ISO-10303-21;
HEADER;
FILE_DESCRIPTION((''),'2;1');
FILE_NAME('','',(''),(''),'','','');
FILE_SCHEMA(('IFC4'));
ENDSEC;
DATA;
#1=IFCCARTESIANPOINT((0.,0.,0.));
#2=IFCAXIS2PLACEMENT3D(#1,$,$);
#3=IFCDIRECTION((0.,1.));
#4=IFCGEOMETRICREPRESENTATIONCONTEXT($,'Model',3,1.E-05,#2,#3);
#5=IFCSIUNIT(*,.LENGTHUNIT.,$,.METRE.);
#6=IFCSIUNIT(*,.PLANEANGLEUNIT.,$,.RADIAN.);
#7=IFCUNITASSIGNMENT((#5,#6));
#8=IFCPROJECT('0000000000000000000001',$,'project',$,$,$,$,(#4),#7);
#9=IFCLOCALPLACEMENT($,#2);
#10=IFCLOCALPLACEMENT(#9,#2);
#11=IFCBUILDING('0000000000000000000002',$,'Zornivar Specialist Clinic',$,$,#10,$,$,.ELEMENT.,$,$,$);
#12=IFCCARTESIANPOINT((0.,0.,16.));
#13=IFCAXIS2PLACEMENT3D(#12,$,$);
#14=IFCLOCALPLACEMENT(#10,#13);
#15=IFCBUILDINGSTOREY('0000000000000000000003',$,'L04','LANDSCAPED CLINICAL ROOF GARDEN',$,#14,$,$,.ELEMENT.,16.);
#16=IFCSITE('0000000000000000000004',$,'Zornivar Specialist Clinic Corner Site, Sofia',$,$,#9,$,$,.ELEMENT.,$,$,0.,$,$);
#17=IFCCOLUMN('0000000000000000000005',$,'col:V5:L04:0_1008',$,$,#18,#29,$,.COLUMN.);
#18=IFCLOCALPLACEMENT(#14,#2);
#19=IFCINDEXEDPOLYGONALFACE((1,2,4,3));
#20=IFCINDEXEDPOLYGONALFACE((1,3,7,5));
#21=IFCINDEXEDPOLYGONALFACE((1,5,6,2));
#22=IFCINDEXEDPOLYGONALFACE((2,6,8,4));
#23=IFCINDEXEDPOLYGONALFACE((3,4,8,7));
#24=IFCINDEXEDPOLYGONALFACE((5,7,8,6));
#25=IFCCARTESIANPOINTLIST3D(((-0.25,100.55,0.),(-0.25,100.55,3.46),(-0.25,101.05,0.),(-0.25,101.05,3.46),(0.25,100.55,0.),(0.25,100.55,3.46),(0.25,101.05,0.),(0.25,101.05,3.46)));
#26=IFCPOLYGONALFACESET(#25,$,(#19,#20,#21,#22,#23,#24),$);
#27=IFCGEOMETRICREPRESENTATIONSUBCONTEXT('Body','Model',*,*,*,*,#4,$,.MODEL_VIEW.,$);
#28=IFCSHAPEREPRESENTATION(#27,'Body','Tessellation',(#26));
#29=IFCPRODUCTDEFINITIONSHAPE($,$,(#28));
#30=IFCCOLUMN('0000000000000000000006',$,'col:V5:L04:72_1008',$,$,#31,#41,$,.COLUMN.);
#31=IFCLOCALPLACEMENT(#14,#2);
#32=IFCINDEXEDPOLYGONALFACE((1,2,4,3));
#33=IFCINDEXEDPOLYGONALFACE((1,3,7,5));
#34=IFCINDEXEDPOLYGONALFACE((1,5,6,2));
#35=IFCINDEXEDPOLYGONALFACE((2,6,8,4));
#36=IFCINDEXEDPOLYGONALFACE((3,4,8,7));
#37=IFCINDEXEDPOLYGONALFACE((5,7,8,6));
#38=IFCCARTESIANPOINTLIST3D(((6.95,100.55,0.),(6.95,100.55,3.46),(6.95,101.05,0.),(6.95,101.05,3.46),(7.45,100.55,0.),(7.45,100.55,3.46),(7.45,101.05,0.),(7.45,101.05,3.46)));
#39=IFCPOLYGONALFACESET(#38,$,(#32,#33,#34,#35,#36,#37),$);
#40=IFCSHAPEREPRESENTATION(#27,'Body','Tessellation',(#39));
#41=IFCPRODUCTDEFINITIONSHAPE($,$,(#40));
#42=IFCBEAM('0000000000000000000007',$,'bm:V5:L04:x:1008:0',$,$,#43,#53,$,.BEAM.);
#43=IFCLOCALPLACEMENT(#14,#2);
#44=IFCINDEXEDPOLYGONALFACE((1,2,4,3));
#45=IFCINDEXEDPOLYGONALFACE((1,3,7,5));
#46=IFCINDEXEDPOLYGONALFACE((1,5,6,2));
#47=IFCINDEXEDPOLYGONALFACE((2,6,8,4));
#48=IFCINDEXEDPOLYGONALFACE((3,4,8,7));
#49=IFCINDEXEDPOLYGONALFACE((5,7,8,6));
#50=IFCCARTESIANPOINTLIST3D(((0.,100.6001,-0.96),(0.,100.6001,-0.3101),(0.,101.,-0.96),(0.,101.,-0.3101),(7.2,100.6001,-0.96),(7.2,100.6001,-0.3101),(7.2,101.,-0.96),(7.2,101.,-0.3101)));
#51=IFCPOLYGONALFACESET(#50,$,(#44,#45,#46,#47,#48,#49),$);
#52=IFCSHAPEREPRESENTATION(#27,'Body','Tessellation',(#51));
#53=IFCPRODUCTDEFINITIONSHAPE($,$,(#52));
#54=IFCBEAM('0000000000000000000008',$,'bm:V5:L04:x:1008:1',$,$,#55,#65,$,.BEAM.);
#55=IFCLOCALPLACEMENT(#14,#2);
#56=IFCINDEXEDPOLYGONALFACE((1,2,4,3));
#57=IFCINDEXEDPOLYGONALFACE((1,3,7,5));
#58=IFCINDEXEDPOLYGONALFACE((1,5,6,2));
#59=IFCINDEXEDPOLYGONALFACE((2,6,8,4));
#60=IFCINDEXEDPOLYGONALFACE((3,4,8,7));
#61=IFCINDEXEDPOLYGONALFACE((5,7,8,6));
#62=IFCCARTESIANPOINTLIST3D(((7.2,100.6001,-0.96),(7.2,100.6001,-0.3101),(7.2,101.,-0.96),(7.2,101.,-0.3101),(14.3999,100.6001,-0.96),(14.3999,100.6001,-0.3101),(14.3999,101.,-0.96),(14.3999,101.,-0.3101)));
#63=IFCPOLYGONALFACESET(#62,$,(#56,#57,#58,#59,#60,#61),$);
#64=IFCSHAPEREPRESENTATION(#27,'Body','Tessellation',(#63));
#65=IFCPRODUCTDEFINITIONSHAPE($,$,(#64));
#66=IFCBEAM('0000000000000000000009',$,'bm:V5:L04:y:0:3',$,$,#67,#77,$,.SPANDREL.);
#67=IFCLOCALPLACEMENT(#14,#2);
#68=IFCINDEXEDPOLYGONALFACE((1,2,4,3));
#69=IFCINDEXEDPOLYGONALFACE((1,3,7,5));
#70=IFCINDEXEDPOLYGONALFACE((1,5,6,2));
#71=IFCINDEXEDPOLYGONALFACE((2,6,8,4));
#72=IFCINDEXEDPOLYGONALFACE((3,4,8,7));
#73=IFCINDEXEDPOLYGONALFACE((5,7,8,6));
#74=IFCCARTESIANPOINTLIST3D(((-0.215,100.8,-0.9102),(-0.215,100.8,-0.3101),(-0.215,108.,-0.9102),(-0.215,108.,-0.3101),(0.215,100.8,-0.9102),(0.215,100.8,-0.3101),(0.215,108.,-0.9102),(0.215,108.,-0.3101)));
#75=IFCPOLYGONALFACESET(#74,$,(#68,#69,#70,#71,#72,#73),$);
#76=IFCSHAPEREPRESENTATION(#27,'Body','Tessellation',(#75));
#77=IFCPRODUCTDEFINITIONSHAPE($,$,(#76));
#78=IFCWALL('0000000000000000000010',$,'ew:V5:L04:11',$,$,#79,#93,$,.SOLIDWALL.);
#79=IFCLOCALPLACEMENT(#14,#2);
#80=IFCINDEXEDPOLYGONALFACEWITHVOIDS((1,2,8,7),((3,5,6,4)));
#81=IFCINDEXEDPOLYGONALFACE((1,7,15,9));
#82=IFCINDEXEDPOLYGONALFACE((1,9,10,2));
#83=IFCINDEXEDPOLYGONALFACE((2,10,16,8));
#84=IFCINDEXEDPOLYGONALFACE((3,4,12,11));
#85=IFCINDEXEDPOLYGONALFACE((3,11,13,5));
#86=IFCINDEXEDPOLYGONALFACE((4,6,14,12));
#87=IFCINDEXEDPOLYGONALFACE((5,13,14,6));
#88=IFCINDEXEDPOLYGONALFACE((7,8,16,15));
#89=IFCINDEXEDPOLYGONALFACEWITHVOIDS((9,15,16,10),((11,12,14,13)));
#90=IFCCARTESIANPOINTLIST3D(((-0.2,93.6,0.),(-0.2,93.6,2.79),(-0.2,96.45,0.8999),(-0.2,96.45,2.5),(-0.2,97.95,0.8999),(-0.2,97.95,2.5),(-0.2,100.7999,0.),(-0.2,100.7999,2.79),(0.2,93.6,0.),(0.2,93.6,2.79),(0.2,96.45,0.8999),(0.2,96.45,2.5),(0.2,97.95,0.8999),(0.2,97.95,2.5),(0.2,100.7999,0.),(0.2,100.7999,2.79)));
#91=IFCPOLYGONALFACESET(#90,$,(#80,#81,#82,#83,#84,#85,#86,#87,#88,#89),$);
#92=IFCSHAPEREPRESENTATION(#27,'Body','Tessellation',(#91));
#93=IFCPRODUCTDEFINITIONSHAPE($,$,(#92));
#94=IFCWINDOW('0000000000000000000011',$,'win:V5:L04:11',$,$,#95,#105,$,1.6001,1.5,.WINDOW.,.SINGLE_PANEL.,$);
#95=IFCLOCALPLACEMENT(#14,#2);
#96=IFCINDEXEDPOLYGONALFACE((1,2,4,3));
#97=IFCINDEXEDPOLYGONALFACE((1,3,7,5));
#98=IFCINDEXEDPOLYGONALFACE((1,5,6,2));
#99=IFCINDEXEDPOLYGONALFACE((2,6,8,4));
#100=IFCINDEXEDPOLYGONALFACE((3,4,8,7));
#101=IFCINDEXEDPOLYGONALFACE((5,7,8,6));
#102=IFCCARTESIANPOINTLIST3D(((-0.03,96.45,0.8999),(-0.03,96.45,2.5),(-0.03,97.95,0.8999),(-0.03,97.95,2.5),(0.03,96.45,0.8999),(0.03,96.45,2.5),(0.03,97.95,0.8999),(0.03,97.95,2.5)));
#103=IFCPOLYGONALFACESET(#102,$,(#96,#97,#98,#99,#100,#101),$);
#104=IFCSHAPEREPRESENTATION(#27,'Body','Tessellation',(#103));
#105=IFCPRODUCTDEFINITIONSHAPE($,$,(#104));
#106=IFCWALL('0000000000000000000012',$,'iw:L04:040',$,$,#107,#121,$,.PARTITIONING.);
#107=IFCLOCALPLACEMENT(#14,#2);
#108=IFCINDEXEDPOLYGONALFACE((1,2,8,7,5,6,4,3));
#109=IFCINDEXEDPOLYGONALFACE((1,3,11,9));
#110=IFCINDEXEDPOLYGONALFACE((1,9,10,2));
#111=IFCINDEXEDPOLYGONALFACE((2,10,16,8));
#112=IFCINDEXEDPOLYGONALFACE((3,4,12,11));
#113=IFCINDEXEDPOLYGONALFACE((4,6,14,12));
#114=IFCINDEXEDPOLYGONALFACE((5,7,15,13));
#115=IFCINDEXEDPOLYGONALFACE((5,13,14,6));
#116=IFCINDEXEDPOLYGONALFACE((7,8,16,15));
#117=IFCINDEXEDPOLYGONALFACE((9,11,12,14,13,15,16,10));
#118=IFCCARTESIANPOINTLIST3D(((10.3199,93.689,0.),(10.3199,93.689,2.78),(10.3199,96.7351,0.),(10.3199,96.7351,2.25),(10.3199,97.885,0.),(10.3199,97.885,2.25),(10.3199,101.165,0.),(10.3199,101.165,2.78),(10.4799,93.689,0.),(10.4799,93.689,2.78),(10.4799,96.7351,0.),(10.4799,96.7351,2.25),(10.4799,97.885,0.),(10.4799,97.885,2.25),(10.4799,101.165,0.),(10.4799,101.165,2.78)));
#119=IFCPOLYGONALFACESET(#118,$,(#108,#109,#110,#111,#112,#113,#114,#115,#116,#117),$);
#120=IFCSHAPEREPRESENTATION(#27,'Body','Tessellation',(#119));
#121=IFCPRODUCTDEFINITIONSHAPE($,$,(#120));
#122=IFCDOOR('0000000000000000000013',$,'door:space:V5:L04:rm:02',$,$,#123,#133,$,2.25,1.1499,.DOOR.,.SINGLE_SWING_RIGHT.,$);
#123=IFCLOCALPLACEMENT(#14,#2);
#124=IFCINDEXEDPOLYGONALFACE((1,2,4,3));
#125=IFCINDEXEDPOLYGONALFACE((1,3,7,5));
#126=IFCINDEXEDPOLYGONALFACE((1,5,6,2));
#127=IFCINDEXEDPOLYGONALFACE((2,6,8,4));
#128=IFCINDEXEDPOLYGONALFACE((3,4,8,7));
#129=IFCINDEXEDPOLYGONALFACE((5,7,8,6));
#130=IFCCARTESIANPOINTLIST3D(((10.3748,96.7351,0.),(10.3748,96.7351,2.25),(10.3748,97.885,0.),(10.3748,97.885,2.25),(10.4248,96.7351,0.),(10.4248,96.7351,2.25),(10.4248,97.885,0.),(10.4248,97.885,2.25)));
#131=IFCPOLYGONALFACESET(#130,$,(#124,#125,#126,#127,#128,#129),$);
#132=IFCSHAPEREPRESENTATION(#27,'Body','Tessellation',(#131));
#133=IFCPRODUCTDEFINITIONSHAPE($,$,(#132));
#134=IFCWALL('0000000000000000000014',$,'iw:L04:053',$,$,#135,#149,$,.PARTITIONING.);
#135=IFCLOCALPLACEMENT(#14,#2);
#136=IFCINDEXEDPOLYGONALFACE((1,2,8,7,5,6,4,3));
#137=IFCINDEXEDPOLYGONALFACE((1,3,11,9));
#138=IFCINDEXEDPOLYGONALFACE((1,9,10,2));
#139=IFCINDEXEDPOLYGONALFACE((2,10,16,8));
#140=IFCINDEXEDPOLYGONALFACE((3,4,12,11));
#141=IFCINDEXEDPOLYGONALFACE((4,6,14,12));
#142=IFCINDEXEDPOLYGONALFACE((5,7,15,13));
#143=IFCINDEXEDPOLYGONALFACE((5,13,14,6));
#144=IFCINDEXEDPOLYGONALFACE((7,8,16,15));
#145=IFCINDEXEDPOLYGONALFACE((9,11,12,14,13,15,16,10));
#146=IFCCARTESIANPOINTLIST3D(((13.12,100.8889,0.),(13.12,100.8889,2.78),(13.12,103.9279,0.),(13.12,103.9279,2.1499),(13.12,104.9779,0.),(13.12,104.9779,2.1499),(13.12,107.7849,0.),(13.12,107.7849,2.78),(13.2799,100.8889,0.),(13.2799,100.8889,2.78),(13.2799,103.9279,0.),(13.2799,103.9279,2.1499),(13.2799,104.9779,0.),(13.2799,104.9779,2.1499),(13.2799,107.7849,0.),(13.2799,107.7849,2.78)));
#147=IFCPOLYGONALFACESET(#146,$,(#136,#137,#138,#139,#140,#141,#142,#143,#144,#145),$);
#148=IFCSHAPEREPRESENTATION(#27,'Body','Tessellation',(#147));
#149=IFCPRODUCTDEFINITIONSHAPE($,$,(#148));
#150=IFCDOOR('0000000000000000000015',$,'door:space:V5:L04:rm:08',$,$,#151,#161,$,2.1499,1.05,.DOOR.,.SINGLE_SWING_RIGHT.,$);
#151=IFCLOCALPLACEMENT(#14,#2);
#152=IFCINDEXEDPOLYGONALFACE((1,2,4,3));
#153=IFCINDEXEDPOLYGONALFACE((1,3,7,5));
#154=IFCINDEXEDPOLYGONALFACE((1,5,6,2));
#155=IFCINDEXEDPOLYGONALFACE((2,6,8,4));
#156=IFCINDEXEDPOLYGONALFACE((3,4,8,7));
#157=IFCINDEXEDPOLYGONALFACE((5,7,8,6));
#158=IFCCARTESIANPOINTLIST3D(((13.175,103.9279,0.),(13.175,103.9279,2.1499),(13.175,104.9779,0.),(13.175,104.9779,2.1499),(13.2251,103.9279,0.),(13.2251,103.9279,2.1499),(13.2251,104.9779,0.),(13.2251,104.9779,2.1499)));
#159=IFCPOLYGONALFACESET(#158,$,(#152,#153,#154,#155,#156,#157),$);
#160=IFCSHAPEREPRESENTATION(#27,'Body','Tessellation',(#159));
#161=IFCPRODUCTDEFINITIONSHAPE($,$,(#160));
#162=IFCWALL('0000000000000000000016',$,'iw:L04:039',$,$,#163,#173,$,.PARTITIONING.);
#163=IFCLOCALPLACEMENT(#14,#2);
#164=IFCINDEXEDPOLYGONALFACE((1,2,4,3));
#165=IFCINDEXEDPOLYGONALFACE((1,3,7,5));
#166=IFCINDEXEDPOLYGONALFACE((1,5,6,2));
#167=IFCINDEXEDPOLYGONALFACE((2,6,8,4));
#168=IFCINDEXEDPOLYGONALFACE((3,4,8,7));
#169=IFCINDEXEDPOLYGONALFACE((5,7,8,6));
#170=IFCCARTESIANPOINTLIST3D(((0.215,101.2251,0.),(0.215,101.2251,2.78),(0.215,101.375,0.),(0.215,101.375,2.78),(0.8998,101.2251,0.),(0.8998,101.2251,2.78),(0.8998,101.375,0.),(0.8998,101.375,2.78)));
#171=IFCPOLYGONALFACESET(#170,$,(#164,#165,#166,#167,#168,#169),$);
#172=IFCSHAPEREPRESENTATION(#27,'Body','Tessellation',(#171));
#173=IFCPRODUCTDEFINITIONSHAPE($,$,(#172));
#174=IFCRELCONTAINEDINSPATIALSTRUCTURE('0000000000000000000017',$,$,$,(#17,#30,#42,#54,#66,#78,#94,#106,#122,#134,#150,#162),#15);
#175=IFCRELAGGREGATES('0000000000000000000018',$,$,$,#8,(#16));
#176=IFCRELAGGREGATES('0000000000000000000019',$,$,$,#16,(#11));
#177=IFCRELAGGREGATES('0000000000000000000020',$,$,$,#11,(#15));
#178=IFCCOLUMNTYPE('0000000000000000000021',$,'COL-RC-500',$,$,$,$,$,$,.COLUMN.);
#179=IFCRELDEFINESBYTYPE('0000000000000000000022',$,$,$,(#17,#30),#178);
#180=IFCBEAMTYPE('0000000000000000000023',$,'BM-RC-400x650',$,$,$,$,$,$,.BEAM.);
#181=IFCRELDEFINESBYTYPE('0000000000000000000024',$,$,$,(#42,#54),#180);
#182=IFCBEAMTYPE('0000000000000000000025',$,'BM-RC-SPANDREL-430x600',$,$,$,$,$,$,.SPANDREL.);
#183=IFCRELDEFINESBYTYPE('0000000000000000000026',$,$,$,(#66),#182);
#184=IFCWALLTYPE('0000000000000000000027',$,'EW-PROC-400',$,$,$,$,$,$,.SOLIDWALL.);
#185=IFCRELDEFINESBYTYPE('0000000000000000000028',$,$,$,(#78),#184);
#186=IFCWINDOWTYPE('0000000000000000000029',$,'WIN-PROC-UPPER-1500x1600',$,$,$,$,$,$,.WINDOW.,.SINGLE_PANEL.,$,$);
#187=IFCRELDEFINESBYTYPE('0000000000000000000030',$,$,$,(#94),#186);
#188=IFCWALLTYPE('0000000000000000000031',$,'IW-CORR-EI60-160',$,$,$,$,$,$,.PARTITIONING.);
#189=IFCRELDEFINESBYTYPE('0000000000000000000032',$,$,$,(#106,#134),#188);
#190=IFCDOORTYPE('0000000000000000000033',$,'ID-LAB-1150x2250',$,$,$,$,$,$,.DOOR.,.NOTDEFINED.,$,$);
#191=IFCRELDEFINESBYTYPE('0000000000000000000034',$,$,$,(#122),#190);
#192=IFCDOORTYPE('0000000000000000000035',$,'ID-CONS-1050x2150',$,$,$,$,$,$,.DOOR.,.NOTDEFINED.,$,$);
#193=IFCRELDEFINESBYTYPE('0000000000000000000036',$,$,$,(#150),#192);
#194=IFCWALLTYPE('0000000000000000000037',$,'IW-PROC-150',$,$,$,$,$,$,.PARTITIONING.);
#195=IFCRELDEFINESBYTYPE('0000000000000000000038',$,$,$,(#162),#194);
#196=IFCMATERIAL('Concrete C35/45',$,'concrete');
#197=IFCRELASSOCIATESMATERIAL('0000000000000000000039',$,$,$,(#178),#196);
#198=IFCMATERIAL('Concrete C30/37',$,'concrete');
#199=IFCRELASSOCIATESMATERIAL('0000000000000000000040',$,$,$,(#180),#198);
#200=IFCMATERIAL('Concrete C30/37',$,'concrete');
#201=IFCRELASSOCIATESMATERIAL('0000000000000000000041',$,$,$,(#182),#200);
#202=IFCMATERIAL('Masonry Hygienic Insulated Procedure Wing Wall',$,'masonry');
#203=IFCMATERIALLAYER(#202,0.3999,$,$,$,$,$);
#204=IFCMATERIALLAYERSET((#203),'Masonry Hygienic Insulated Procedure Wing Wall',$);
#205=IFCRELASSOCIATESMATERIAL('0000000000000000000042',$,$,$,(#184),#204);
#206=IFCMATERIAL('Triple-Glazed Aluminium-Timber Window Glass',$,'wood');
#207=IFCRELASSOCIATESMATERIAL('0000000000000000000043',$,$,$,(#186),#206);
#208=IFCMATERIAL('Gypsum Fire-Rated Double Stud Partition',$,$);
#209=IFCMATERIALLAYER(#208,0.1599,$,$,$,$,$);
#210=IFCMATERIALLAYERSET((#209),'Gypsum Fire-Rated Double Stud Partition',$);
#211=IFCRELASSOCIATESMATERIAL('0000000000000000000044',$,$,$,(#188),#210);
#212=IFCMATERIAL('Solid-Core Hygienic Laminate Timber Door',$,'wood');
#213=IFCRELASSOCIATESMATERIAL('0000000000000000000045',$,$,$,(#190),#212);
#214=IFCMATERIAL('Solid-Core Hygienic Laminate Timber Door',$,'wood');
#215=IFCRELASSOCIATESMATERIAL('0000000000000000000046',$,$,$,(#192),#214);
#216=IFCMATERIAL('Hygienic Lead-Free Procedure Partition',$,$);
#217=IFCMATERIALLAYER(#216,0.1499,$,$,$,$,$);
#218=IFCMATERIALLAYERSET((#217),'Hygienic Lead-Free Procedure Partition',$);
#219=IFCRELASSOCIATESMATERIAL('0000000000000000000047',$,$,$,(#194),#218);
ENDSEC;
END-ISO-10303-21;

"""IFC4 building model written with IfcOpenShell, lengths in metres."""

from ifc_helpers import new_model, si_unit, direction, frame, frame_2d, origin, origin_2d, place, context, subcontext, project, spatial, rectangle, extrude, material, layer, layer_set, material_profile, profile_set, type_object, element, fill, save


model = new_model("IFC4")

# Units and contexts
model_context = context("Model", 3, precision=1e-05, world=origin(), true_north=direction((0.0, 1.0)))
body_context = subcontext(model_context, "Body", "Model", "MODEL_VIEW")
ifc_project = project(units=[si_unit("LENGTHUNIT", "METRE"), si_unit("PLANEANGLEUNIT", "RADIAN")], contexts=[model_context])

# Site, building, storey
site_placement = place(None, origin())
site = spatial("IfcSite", under=ifc_project, at=site_placement, Name="Zornivar Specialist Clinic Corner Site, Sofia", CompositionType="ELEMENT", RefElevation=0.0)
building_placement = place(site_placement, origin())
building = spatial("IfcBuilding", under=site, at=building_placement, Name="Zornivar Specialist Clinic", CompositionType="ELEMENT")
storey_placement = place(building_placement, frame((0.0, 0.0, 16.0)))
storey = spatial("IfcBuildingStorey", under=building, at=storey_placement, Name="L04", Description="LANDSCAPED CLINICAL ROOF GARDEN", CompositionType="ELEMENT", Elevation=16.0)

# Columns
ifc_material_1 = material(Name="Concrete C35/45", Category="concrete")
ifc_material_profile_1 = material_profile(ifc_material_1, rectangle(XDim=0.5, YDim=0.5, at=origin_2d()), Name="RC 500x500")
ifc_profile_set_1 = profile_set([ifc_material_profile_1], Name="Concrete C35/45")
column_type = type_object("IfcColumnType", Name="COL-RC-500", PredefinedType="COLUMN", material=ifc_profile_set_1)
for number, where, z_axis, x_axis, name in (
    (1, (0.0, 100.8, 0.0), (0.0, 0.0, 1.0), (1.0, 0.0, 0.0), "col:V5:L04:0_1008"),
    (2, (7.2, 100.8, 0.0), (0.0, 0.0, 1.0), (1.0, 0.0, 0.0), "col:V5:L04:72_1008"),
):
    element("IfcColumn", number, at=place(storey_placement, frame(where, z_axis=z_axis, x_axis=x_axis)), inside=storey, type_object=column_type, Name=name, PredefinedType="COLUMN", context=body_context, shape_type="SweptSolid", body=[
        extrude(rectangle(XDim=0.5, YDim=0.5, at=origin_2d()), origin(), (0.0, 0.0, 1.0), 3.46),
    ])

# Beams
ifc_material_2 = material(Name="Concrete C30/37", Category="concrete")
ifc_material_profile_2 = material_profile(ifc_material_2, rectangle(XDim=0.3999, YDim=0.6499, at=origin_2d()), Name="RC 400x650")
ifc_profile_set_2 = profile_set([ifc_material_profile_2], Name="Concrete C30/37")
beam_type_1 = type_object("IfcBeamType", Name="BM-RC-400x650", PredefinedType="BEAM", material=ifc_profile_set_2)
for number, where, z_axis, x_axis, name in (
    (3, (0.0, 100.8, -0.635), (1.0, 0.0, 0.0), (0.0, 1.0, 0.0), "bm:V5:L04:x:1008:0"),
    (4, (7.2, 100.8, -0.635), (1.0, 0.0, 0.0), (0.0, 1.0, 0.0), "bm:V5:L04:x:1008:1"),
):
    element("IfcBeam", number, at=place(storey_placement, frame(where, z_axis=z_axis, x_axis=x_axis)), inside=storey, type_object=beam_type_1, Name=name, PredefinedType="BEAM", context=body_context, shape_type="SweptSolid", body=[
        extrude(rectangle(XDim=0.3999, YDim=0.6499, at=origin_2d()), origin(), (0.0, 0.0, 1.0), 7.2),
    ])
ifc_material_3 = material(Name="Concrete C30/37", Category="concrete")
ifc_material_profile_3 = material_profile(ifc_material_3, rectangle(XDim=0.4299, YDim=0.6001, at=origin_2d()), Name="RC 430x600")
ifc_profile_set_3 = profile_set([ifc_material_profile_3], Name="Concrete C30/37")
beam_type_2 = type_object("IfcBeamType", Name="BM-RC-SPANDREL-430x600", PredefinedType="SPANDREL", material=ifc_profile_set_3)
beam_placement = place(storey_placement, frame((0.0, 100.8, -0.6101), z_axis=(0.0, 1.0, 0.0), x_axis=(-1.0, 0.0, 0.0)))
element("IfcBeam", 5, at=beam_placement, inside=storey, type_object=beam_type_2, Name="bm:V5:L04:y:0:3", PredefinedType="SPANDREL", context=body_context, shape_type="SweptSolid", body=[
    extrude(rectangle(XDim=0.4299, YDim=0.6001, at=origin_2d()), origin(), (0.0, 0.0, 1.0), 7.2),
])

# Wall, opening, window
ifc_material_4 = material(Name="Masonry Hygienic Insulated Procedure Wing Wall", Category="masonry")
ifc_layer_1 = layer(ifc_material_4, 0.3999)
ifc_layer_set_1 = layer_set([ifc_layer_1], Name="Masonry Hygienic Insulated Procedure Wing Wall")
wall_type_1 = type_object("IfcWallType", Name="EW-PROC-400", PredefinedType="SOLIDWALL", material=ifc_layer_set_1)
wall_1_placement = place(storey_placement, frame((0.0, 100.8, 0.0), z_axis=(0.0, 0.0, 1.0), x_axis=(0.0, -1.0, 0.0)))
wall_1 = element("IfcWall", 6, at=wall_1_placement, inside=storey, type_object=wall_type_1, Name="ew:V5:L04:11", PredefinedType="SOLIDWALL", context=body_context, shape_type="SweptSolid", body=[
    extrude(rectangle(XDim=7.2, YDim=0.3999, at=frame_2d((3.6001, 0.0))), origin(), (0.0, 0.0, 1.0), 2.79),
])
opening_1_placement = place(wall_1_placement, frame((2.8501, 0.0, 0.8999)))
opening_1 = element("IfcOpeningElement", 7, at=opening_1_placement, cuts=wall_1, PredefinedType="OPENING", context=body_context, shape_type="SweptSolid", body=[
    extrude(rectangle(XDim=1.5, YDim=1.6001, at=frame_2d((0.75, 0.8))), frame((0.0, 0.21, 0.0), z_axis=(0.0, -1.0, 0.0), x_axis=(1.0, 0.0, 0.0)), (0.0, 0.0, 1.0), 0.4199),
])
ifc_material_5 = material(Name="Triple-Glazed Aluminium-Timber Window Glass", Category="wood")
window_type = type_object("IfcWindowType", Name="WIN-PROC-UPPER-1500x1600", PartitioningType="SINGLE_PANEL", PredefinedType="WINDOW", material=ifc_material_5)
window_placement = place(opening_1_placement, origin())
window = element("IfcWindow", 8, at=window_placement, inside=storey, type_object=window_type, Name="win:V5:L04:11", OverallHeight=1.6001, OverallWidth=1.5, PartitioningType="SINGLE_PANEL", PredefinedType="WINDOW", context=body_context, shape_type="SweptSolid", body=[
    extrude(rectangle(XDim=1.5, YDim=1.6001, at=frame_2d((0.75, 0.8))), frame((0.0, 0.03, 0.0), z_axis=(0.0, -1.0, 0.0), x_axis=(1.0, 0.0, 0.0)), (0.0, 0.0, 1.0), 0.0601),
])
fill(opening_1, window)

# Walls, openings, doors
ifc_material_6 = material(Name="Gypsum Fire-Rated Double Stud Partition")
ifc_layer_2 = layer(ifc_material_6, 0.1599)
ifc_layer_set_2 = layer_set([ifc_layer_2], Name="Gypsum Fire-Rated Double Stud Partition")
wall_type_2 = type_object("IfcWallType", Name="IW-CORR-EI60-160", PredefinedType="PARTITIONING", material=ifc_layer_set_2)
wall_2_placement = place(storey_placement, frame((10.3999, 101.165, 0.0), z_axis=(0.0, 0.0, 1.0), x_axis=(0.0, -1.0, 0.0)))
wall_2 = element("IfcWall", 9, at=wall_2_placement, inside=storey, type_object=wall_type_2, Name="iw:L04:040", PredefinedType="PARTITIONING", context=body_context, shape_type="SweptSolid", body=[
    extrude(rectangle(XDim=7.4761, YDim=0.1599, at=frame_2d((3.738, 0.0))), origin(), (0.0, 0.0, 1.0), 2.78),
])
opening_2_placement = place(wall_2_placement, frame((3.28, 0.0, 0.0)))
opening_2 = element("IfcOpeningElement", 10, at=opening_2_placement, cuts=wall_2, PredefinedType="OPENING", context=body_context, shape_type="SweptSolid", body=[
    extrude(rectangle(XDim=1.1499, YDim=2.25, at=frame_2d((0.575, 1.125))), frame((0.0, 0.0898, 0.0), z_axis=(0.0, -1.0, 0.0), x_axis=(1.0, 0.0, 0.0)), (0.0, 0.0, 1.0), 0.1799),
])
ifc_material_7 = material(Name="Solid-Core Hygienic Laminate Timber Door", Category="wood")
door_type_1 = type_object("IfcDoorType", Name="ID-LAB-1150x2250", OperationType="NOTDEFINED", PredefinedType="DOOR", material=ifc_material_7)
door_1_placement = place(opening_2_placement, origin())
door_1 = element("IfcDoor", 11, at=door_1_placement, inside=storey, type_object=door_type_1, Name="door:space:V5:L04:rm:02", OperationType="SINGLE_SWING_RIGHT", OverallHeight=2.25, OverallWidth=1.1499, PredefinedType="DOOR", context=body_context, shape_type="SweptSolid", body=[
    extrude(rectangle(XDim=1.1499, YDim=2.25, at=frame_2d((0.575, 1.125))), frame((0.0, 0.0249, 0.0), z_axis=(0.0, -1.0, 0.0), x_axis=(1.0, 0.0, 0.0)), (0.0, 0.0, 1.0), 0.05),
])
fill(opening_2, door_1)
wall_3_placement = place(storey_placement, frame((13.2, 100.8889, 0.0), z_axis=(0.0, 0.0, 1.0), x_axis=(0.0, 1.0, 0.0)))
wall_3 = element("IfcWall", 12, at=wall_3_placement, inside=storey, type_object=wall_type_2, Name="iw:L04:053", PredefinedType="PARTITIONING", context=body_context, shape_type="SweptSolid", body=[
    extrude(rectangle(XDim=6.896, YDim=0.1599, at=frame_2d((3.448, 0.0))), origin(), (0.0, 0.0, 1.0), 2.78),
])
opening_3_placement = place(wall_3_placement, frame((3.0391, 0.0, 0.0)))
opening_3 = element("IfcOpeningElement", 13, at=opening_3_placement, cuts=wall_3, PredefinedType="OPENING", context=body_context, shape_type="SweptSolid", body=[
    extrude(rectangle(XDim=1.05, YDim=2.1499, at=frame_2d((0.5249, 1.075))), frame((0.0, 0.0898, 0.0), z_axis=(0.0, -1.0, 0.0), x_axis=(1.0, 0.0, 0.0)), (0.0, 0.0, 1.0), 0.1799),
])
ifc_material_8 = material(Name="Solid-Core Hygienic Laminate Timber Door", Category="wood")
door_type_2 = type_object("IfcDoorType", Name="ID-CONS-1050x2150", OperationType="NOTDEFINED", PredefinedType="DOOR", material=ifc_material_8)
door_2_placement = place(opening_3_placement, origin())
door_2 = element("IfcDoor", 14, at=door_2_placement, inside=storey, type_object=door_type_2, Name="door:space:V5:L04:rm:08", OperationType="SINGLE_SWING_RIGHT", OverallHeight=2.1499, OverallWidth=1.05, PredefinedType="DOOR", context=body_context, shape_type="SweptSolid", body=[
    extrude(rectangle(XDim=1.05, YDim=2.1499, at=frame_2d((0.5249, 1.075))), frame((0.0, 0.0249, 0.0), z_axis=(0.0, -1.0, 0.0), x_axis=(1.0, 0.0, 0.0)), (0.0, 0.0, 1.0), 0.05),
])
fill(opening_3, door_2)

# Wall
ifc_material_9 = material(Name="Hygienic Lead-Free Procedure Partition")
ifc_layer_3 = layer(ifc_material_9, 0.1499)
ifc_layer_set_3 = layer_set([ifc_layer_3], Name="Hygienic Lead-Free Procedure Partition")
wall_type_3 = type_object("IfcWallType", Name="IW-PROC-150", PredefinedType="PARTITIONING", material=ifc_layer_set_3)
wall_4_placement = place(storey_placement, frame((0.2151, 101.3, 0.0), z_axis=(0.0, 0.0, 1.0), x_axis=(1.0, 0.0, 0.0)))
element("IfcWall", 15, at=wall_4_placement, inside=storey, type_object=wall_type_3, Name="iw:L04:039", PredefinedType="PARTITIONING", context=body_context, shape_type="SweptSolid", body=[
    extrude(rectangle(XDim=0.6848, YDim=0.1499, at=frame_2d((0.3423, 0.0))), origin(), (0.0, 0.0, 1.0), 2.78),
])

save(model, "model.ifc")
